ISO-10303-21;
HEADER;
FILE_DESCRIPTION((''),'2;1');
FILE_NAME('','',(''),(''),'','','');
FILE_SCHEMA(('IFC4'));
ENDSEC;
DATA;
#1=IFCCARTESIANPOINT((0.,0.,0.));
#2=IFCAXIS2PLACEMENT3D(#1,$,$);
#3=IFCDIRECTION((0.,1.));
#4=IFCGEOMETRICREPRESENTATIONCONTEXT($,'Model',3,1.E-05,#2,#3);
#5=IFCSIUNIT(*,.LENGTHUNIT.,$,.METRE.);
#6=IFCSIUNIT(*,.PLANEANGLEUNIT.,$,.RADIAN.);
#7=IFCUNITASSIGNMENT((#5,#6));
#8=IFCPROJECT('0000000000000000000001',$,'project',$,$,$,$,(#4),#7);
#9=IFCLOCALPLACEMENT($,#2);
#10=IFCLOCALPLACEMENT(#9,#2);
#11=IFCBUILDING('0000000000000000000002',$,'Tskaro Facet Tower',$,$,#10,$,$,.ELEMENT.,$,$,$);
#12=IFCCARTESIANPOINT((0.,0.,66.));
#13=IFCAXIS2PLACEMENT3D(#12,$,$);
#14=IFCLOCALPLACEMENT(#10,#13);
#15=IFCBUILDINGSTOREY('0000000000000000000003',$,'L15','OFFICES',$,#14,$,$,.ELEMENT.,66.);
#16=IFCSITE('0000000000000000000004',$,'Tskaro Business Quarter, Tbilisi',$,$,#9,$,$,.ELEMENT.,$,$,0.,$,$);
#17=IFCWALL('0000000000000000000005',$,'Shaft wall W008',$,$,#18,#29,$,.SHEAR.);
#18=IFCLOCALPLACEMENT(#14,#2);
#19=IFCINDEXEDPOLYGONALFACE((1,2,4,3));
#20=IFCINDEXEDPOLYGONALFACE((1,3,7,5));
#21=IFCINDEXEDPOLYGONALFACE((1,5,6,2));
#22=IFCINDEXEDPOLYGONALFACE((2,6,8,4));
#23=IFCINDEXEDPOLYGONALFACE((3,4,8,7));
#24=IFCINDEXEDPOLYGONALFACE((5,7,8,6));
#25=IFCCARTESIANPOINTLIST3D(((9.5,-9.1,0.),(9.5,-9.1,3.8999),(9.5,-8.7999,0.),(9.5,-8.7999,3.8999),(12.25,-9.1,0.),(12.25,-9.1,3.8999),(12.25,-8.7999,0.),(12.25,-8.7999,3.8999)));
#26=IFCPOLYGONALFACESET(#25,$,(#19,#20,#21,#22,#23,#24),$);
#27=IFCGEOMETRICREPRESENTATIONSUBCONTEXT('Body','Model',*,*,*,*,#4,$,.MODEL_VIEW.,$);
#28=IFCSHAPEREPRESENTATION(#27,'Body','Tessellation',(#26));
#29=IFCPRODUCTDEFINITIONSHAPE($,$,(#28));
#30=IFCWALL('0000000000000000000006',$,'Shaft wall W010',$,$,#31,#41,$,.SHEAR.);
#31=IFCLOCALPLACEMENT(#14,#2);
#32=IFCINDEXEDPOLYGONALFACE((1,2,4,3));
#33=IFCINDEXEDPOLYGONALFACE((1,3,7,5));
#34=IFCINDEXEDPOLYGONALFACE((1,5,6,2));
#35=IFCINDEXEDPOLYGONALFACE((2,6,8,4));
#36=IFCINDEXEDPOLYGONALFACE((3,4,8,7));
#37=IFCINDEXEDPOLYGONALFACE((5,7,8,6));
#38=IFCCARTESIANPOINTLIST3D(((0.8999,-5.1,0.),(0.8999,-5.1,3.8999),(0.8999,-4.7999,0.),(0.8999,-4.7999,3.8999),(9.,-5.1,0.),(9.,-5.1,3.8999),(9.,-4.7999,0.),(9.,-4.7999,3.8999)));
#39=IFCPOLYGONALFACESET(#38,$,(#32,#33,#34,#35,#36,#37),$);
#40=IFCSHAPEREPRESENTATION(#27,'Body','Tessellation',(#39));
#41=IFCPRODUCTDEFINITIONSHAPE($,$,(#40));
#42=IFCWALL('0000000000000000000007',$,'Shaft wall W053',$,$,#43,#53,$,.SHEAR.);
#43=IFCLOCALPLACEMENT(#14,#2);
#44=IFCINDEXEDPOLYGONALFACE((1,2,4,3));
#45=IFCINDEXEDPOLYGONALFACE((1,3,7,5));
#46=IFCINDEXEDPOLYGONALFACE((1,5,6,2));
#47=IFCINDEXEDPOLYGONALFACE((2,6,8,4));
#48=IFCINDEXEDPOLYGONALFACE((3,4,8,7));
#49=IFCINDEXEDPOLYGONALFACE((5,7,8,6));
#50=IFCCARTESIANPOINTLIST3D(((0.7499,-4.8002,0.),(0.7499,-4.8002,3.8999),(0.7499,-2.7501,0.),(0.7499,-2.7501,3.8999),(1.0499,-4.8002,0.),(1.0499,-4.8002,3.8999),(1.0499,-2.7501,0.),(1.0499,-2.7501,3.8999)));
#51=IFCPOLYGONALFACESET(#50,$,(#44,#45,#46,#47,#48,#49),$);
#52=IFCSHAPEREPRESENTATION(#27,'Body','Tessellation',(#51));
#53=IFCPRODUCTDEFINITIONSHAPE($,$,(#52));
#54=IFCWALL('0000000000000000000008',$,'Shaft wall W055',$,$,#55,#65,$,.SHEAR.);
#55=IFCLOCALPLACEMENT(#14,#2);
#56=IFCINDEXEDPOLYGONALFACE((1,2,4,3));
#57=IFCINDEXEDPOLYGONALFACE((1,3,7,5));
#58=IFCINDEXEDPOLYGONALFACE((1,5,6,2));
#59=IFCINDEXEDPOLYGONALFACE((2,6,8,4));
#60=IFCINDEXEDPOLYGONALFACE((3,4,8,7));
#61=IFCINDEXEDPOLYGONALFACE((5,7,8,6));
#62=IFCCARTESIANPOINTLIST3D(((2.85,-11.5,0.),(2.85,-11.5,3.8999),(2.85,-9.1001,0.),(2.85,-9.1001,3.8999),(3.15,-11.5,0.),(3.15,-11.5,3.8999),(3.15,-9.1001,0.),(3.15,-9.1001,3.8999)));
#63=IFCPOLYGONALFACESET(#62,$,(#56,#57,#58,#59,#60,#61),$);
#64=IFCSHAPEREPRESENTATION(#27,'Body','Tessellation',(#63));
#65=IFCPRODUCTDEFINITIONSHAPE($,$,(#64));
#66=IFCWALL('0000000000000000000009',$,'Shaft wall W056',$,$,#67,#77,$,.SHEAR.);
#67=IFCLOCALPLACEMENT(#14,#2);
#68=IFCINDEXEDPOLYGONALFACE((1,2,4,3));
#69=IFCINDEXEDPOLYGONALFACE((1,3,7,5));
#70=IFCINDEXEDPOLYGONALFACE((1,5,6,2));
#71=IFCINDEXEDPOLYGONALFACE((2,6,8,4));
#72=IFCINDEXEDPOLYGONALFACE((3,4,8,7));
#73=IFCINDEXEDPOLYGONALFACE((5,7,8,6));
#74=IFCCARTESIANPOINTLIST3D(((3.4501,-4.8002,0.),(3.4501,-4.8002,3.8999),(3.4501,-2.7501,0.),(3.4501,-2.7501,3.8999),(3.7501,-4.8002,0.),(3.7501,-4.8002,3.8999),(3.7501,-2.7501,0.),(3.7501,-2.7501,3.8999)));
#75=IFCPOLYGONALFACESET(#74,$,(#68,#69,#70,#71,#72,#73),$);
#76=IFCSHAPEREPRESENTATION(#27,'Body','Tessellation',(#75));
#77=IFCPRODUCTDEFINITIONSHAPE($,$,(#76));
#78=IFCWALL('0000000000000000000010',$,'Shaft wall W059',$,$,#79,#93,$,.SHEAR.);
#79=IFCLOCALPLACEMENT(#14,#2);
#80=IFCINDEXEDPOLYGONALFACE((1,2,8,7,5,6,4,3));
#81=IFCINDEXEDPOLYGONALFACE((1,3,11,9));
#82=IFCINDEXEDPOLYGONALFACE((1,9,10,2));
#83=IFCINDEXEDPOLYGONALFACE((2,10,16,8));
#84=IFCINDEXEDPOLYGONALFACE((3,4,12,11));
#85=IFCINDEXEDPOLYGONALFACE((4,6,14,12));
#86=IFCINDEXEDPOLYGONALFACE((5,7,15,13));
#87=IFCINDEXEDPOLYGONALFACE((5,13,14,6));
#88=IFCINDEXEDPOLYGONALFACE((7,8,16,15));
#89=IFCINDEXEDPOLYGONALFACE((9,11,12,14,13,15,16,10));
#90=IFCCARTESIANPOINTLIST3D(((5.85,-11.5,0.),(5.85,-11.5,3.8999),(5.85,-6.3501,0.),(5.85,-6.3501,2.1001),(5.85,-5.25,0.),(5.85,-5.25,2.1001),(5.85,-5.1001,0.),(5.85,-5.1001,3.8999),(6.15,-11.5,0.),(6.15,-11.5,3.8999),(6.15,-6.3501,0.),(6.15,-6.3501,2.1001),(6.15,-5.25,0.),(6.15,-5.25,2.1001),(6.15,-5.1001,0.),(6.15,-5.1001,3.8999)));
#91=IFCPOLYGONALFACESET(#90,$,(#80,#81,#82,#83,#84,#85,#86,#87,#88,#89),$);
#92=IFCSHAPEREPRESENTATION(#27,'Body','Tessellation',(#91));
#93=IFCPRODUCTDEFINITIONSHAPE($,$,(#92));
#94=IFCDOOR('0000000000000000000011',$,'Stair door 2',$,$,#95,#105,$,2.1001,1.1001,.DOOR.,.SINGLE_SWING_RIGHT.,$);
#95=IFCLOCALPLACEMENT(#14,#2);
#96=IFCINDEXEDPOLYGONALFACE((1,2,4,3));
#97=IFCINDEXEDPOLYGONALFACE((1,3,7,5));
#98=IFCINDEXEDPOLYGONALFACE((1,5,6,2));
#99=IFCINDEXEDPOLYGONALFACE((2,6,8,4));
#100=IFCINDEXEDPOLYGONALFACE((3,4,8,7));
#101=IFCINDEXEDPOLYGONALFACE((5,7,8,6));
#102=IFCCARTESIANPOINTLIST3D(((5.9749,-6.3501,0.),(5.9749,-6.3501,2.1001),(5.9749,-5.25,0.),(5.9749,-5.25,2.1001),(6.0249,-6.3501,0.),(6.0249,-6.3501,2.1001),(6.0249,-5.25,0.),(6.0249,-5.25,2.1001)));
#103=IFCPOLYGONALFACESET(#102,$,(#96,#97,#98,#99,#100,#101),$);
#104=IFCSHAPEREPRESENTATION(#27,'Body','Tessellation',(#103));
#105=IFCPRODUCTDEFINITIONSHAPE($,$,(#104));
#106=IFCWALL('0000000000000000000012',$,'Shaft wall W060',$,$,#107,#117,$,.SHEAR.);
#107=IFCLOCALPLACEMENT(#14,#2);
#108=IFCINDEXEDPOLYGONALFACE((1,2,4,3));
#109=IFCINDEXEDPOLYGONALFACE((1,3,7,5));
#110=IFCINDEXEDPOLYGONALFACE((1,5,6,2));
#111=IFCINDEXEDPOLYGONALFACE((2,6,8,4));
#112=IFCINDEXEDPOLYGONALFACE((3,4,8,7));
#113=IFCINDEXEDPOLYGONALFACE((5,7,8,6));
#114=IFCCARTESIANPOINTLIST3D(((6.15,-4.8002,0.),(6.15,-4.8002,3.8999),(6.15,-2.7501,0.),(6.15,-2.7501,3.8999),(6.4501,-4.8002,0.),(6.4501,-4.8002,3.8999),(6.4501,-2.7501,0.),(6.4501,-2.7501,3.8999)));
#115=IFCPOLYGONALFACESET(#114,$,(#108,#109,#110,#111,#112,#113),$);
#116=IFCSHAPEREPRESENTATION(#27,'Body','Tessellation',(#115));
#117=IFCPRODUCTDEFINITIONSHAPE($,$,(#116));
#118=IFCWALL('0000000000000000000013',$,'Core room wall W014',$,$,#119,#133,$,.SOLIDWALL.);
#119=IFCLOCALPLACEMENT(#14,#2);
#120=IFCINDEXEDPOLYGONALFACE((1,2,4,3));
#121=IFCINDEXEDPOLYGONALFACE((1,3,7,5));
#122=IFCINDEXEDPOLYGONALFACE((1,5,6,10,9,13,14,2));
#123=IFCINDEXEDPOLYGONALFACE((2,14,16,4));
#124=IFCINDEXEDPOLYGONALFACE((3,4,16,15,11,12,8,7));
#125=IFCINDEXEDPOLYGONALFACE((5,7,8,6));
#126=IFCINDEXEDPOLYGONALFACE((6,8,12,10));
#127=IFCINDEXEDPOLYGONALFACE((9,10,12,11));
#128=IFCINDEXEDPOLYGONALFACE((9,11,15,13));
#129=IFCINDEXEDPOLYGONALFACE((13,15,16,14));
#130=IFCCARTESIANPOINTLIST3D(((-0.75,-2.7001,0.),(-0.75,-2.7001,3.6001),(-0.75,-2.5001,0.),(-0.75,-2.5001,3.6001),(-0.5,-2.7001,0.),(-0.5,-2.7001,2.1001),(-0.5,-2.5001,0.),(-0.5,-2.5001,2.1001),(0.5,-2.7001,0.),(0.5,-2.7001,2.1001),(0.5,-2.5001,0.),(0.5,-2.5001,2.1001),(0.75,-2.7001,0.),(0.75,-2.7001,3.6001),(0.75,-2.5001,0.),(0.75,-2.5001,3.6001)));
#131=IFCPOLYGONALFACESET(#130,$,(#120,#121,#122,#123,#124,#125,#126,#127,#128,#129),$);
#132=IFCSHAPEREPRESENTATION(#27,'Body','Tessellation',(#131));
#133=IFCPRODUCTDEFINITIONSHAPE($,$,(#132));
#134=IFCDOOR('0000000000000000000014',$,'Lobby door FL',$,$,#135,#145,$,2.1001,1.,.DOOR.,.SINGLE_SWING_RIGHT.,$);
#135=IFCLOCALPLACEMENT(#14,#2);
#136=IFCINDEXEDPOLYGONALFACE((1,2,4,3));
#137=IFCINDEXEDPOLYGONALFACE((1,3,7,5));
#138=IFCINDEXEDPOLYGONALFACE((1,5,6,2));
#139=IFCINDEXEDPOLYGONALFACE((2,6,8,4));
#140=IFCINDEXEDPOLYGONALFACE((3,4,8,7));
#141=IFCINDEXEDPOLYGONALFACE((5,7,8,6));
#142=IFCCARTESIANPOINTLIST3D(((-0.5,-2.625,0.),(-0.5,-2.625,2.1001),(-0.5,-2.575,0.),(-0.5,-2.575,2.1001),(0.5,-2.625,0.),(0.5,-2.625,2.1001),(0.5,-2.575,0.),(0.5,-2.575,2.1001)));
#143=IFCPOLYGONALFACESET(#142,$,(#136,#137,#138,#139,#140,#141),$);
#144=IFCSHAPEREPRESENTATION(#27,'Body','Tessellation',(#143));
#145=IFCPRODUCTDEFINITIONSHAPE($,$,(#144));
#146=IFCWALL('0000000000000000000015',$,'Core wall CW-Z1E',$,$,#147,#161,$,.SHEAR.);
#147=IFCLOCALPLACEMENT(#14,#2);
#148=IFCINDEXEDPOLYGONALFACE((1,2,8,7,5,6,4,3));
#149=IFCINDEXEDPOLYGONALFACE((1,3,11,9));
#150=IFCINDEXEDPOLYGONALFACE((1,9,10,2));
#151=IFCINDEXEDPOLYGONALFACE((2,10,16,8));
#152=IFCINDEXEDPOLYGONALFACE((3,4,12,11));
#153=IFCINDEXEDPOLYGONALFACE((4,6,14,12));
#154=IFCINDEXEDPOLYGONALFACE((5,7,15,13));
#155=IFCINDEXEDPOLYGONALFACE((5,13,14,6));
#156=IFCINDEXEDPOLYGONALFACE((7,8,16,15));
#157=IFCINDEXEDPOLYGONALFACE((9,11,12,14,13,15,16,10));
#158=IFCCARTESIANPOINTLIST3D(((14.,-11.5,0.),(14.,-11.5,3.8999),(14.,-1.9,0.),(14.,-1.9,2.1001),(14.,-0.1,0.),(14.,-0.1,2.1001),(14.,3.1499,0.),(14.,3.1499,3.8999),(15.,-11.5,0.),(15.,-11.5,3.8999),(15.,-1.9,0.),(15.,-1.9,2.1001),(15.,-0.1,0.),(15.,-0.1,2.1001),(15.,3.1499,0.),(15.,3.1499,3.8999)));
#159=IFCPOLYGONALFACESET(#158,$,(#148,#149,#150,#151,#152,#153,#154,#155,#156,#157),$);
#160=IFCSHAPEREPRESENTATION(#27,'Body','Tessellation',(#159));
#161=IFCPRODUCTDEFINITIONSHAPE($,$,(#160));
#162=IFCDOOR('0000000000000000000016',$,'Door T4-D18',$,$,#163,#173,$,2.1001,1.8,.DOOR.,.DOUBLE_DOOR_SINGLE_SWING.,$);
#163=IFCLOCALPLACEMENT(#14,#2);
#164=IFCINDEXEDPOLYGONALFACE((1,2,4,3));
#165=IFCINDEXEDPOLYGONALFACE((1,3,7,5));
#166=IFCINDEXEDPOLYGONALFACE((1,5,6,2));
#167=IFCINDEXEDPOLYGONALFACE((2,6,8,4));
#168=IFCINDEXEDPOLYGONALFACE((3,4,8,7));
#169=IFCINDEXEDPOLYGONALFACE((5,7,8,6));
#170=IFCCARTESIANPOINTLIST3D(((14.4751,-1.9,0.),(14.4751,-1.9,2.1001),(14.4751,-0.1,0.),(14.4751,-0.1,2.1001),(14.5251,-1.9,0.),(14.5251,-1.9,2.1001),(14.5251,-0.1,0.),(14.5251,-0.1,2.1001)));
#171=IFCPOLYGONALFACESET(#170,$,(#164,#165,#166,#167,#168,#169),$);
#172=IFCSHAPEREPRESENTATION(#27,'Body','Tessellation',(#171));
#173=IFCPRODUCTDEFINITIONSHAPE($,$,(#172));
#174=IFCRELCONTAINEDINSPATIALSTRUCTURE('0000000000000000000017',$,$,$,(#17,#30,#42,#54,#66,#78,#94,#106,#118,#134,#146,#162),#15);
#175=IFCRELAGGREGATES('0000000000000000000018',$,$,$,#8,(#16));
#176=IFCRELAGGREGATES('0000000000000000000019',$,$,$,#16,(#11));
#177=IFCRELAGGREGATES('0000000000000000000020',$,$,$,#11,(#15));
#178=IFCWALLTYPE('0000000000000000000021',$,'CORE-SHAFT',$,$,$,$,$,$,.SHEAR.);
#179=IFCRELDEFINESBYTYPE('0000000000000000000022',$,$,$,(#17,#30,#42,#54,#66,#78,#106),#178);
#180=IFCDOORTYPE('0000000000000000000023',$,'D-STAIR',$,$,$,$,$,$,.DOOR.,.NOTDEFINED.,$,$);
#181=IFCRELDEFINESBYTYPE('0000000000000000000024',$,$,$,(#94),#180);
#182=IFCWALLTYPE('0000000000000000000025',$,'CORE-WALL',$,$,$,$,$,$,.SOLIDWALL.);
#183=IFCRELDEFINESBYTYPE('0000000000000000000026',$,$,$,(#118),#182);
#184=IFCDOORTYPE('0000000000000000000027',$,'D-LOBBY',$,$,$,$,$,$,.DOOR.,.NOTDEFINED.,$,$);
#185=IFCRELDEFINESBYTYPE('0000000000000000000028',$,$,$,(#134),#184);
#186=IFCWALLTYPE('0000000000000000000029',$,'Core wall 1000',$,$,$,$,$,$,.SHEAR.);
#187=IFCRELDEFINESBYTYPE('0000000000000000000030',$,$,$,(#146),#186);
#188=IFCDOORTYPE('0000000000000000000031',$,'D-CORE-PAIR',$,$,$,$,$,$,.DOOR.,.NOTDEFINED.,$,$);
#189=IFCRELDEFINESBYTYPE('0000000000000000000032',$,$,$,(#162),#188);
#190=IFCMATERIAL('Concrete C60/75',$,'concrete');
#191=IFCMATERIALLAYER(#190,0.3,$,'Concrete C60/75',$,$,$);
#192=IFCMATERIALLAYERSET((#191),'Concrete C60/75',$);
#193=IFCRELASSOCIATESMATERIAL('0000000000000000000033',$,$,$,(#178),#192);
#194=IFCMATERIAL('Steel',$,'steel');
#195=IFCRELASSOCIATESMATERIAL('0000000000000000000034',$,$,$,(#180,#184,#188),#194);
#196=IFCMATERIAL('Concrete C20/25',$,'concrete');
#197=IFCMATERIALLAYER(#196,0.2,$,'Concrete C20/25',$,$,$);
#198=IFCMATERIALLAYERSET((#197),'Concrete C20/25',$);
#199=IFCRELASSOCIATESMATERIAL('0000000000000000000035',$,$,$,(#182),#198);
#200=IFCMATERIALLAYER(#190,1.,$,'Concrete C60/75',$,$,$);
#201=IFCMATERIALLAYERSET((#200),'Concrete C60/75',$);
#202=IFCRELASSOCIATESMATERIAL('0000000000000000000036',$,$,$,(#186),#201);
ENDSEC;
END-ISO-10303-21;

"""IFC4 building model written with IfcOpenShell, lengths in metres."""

from ifc_helpers import new_model, si_unit, direction, frame, frame_2d, origin, place, context, subcontext, project, spatial, rectangle, extrude, material, layer, layer_set, type_object, element, fill, save


model = new_model("IFC4")

# Units and contexts
model_context = context("Model", 3, precision=1e-05, world=origin(), true_north=direction((0.0, 1.0)))
body_context = subcontext(model_context, "Body", "Model", "MODEL_VIEW")
ifc_project = project(units=[si_unit("LENGTHUNIT", "METRE"), si_unit("PLANEANGLEUNIT", "RADIAN")], contexts=[model_context])

# Site, building, storey
site_placement = place(None, origin())
site = spatial("IfcSite", under=ifc_project, at=site_placement, Name="Tskaro Business Quarter, Tbilisi", CompositionType="ELEMENT", RefElevation=0.0)
building_placement = place(site_placement, origin())
building = spatial("IfcBuilding", under=site, at=building_placement, Name="Tskaro Facet Tower", CompositionType="ELEMENT")
storey_placement = place(building_placement, frame((0.0, 0.0, 66.0)))
storey = spatial("IfcBuildingStorey", under=building, at=storey_placement, Name="L15", Description="OFFICES", CompositionType="ELEMENT", Elevation=66.0)

# Walls
ifc_material_1 = material(Name="Concrete C60/75", Category="concrete")
ifc_layer_1 = layer(ifc_material_1, 0.3, Name="Concrete C60/75")
ifc_layer_set_1 = layer_set([ifc_layer_1], Name="Concrete C60/75")
wall_type_1 = type_object("IfcWallType", Name="CORE-SHAFT", PredefinedType="SHEAR", material=ifc_layer_set_1)
wall_1_placement = place(storey_placement, frame((9.5, -8.95, 0.0), z_axis=(0.0, 0.0, 1.0), x_axis=(1.0, 0.0, 0.0)))
element("IfcWall", 1, at=wall_1_placement, inside=storey, type_object=wall_type_1, Name="Shaft wall W008", PredefinedType="SHEAR", context=body_context, shape_type="SweptSolid", body=[
    extrude(rectangle(XDim=2.75, YDim=0.3, at=frame_2d((1.375, 0.0))), origin(), (0.0, 0.0, 1.0), 3.8999),
])
wall_2_placement = place(storey_placement, frame((0.8999, -4.95, 0.0), z_axis=(0.0, 0.0, 1.0), x_axis=(1.0, 0.0, 0.0)))
element("IfcWall", 2, at=wall_2_placement, inside=storey, type_object=wall_type_1, Name="Shaft wall W010", PredefinedType="SHEAR", context=body_context, shape_type="SweptSolid", body=[
    extrude(rectangle(XDim=8.1001, YDim=0.3, at=frame_2d((4.05, 0.0))), origin(), (0.0, 0.0, 1.0), 3.8999),
])
wall_3_placement = place(storey_placement, frame((0.8999, -4.8, 0.0), z_axis=(0.0, 0.0, 1.0), x_axis=(0.0, 1.0, 0.0)))
element("IfcWall", 3, at=wall_3_placement, inside=storey, type_object=wall_type_1, Name="Shaft wall W053", PredefinedType="SHEAR", context=body_context, shape_type="SweptSolid", body=[
    extrude(rectangle(XDim=2.05, YDim=0.3, at=frame_2d((1.0249, 0.0))), origin(), (0.0, 0.0, 1.0), 3.8999),
])
wall_4_placement = place(storey_placement, frame((3.0, -11.5, 0.0), z_axis=(0.0, 0.0, 1.0), x_axis=(0.0, 1.0, 0.0)))
element("IfcWall", 4, at=wall_4_placement, inside=storey, type_object=wall_type_1, Name="Shaft wall W055", PredefinedType="SHEAR", context=body_context, shape_type="SweptSolid", body=[
    extrude(rectangle(XDim=2.3999, YDim=0.3, at=frame_2d((1.2, 0.0))), origin(), (0.0, 0.0, 1.0), 3.8999),
])
wall_5_placement = place(storey_placement, frame((3.6001, -4.8, 0.0), z_axis=(0.0, 0.0, 1.0), x_axis=(0.0, 1.0, 0.0)))
element("IfcWall", 5, at=wall_5_placement, inside=storey, type_object=wall_type_1, Name="Shaft wall W056", PredefinedType="SHEAR", context=body_context, shape_type="SweptSolid", body=[
    extrude(rectangle(XDim=2.05, YDim=0.3, at=frame_2d((1.0249, 0.0))), origin(), (0.0, 0.0, 1.0), 3.8999),
])

# Wall, opening, door
wall_6_placement = place(storey_placement, frame((6.0, -5.1001, 0.0), z_axis=(0.0, 0.0, 1.0), x_axis=(0.0, -1.0, 0.0)))
wall_6 = element("IfcWall", 6, at=wall_6_placement, inside=storey, type_object=wall_type_1, Name="Shaft wall W059", PredefinedType="SHEAR", context=body_context, shape_type="SweptSolid", body=[
    extrude(rectangle(XDim=6.3999, YDim=0.3, at=frame_2d((3.2, 0.0))), origin(), (0.0, 0.0, 1.0), 3.8999),
])
opening_1_placement = place(wall_6_placement, frame((0.1499, 0.0, 0.0)))
opening_1 = element("IfcOpeningElement", 7, at=opening_1_placement, cuts=wall_6, PredefinedType="OPENING", context=body_context, shape_type="SweptSolid", body=[
    extrude(rectangle(XDim=1.1001, YDim=2.1001, at=frame_2d((0.55, 1.05))), frame((0.0, 0.1599, 0.0), z_axis=(0.0, -1.0, 0.0), x_axis=(1.0, 0.0, 0.0)), (0.0, 0.0, 1.0), 0.3201),
])
ifc_material_2 = material(Name="Steel", Category="steel")
door_type_1 = type_object("IfcDoorType", Name="D-STAIR", OperationType="NOTDEFINED", PredefinedType="DOOR", material=ifc_material_2)
door_1_placement = place(opening_1_placement, origin())
door_1 = element("IfcDoor", 8, at=door_1_placement, inside=storey, type_object=door_type_1, Name="Stair door 2", OperationType="SINGLE_SWING_RIGHT", OverallHeight=2.1001, OverallWidth=1.1001, PredefinedType="DOOR", context=body_context, shape_type="SweptSolid", body=[
    extrude(rectangle(XDim=1.1001, YDim=2.1001, at=frame_2d((0.55, 1.05))), frame((0.0, 0.0249, 0.0), z_axis=(0.0, -1.0, 0.0), x_axis=(1.0, 0.0, 0.0)), (0.0, 0.0, 1.0), 0.05),
])
fill(opening_1, door_1)

# Wall
wall_7_placement = place(storey_placement, frame((6.3, -4.8, 0.0), z_axis=(0.0, 0.0, 1.0), x_axis=(0.0, 1.0, 0.0)))
element("IfcWall", 9, at=wall_7_placement, inside=storey, type_object=wall_type_1, Name="Shaft wall W060", PredefinedType="SHEAR", context=body_context, shape_type="SweptSolid", body=[
    extrude(rectangle(XDim=2.05, YDim=0.3, at=frame_2d((1.0249, 0.0))), origin(), (0.0, 0.0, 1.0), 3.8999),
])

# Walls, openings, doors
ifc_material_3 = material(Name="Concrete C20/25", Category="concrete")
ifc_layer_2 = layer(ifc_material_3, 0.2, Name="Concrete C20/25")
ifc_layer_set_2 = layer_set([ifc_layer_2], Name="Concrete C20/25")
wall_type_2 = type_object("IfcWallType", Name="CORE-WALL", PredefinedType="SOLIDWALL", material=ifc_layer_set_2)
wall_8_placement = place(storey_placement, frame((0.75, -2.6001, 0.0), z_axis=(0.0, 0.0, 1.0), x_axis=(-1.0, 0.0, 0.0)))
wall_8 = element("IfcWall", 10, at=wall_8_placement, inside=storey, type_object=wall_type_2, Name="Core room wall W014", PredefinedType="SOLIDWALL", context=body_context, shape_type="SweptSolid", body=[
    extrude(rectangle(XDim=1.5, YDim=0.2, at=frame_2d((0.75, 0.0))), origin(), (0.0, 0.0, 1.0), 3.6001),
])
opening_2_placement = place(wall_8_placement, frame((0.25, 0.0, 0.0)))
opening_2 = element("IfcOpeningElement", 11, at=opening_2_placement, cuts=wall_8, PredefinedType="OPENING", context=body_context, shape_type="SweptSolid", body=[
    extrude(rectangle(XDim=1.0, YDim=2.1001, at=frame_2d((0.5, 1.05))), frame((0.0, 0.1099, 0.0), z_axis=(0.0, -1.0, 0.0), x_axis=(1.0, 0.0, 0.0)), (0.0, 0.0, 1.0), 0.22),
])
door_type_2 = type_object("IfcDoorType", Name="D-LOBBY", OperationType="NOTDEFINED", PredefinedType="DOOR", material=ifc_material_2)
door_2_placement = place(opening_2_placement, origin())
door_2 = element("IfcDoor", 12, at=door_2_placement, inside=storey, type_object=door_type_2, Name="Lobby door FL", OperationType="SINGLE_SWING_RIGHT", OverallHeight=2.1001, OverallWidth=1.0, PredefinedType="DOOR", context=body_context, shape_type="SweptSolid", body=[
    extrude(rectangle(XDim=1.0, YDim=2.1001, at=frame_2d((0.5, 1.05))), frame((0.0, 0.0249, 0.0), z_axis=(0.0, -1.0, 0.0), x_axis=(1.0, 0.0, 0.0)), (0.0, 0.0, 1.0), 0.05),
])
fill(opening_2, door_2)
ifc_layer_3 = layer(ifc_material_1, 1.0, Name="Concrete C60/75")
ifc_layer_set_3 = layer_set([ifc_layer_3], Name="Concrete C60/75")
wall_type_3 = type_object("IfcWallType", Name="Core wall 1000", PredefinedType="SHEAR", material=ifc_layer_set_3)
wall_9_placement = place(storey_placement, frame((14.5, -11.5, 0.0), z_axis=(0.0, 0.0, 1.0), x_axis=(0.0, 1.0, 0.0)))
wall_9 = element("IfcWall", 13, at=wall_9_placement, inside=storey, type_object=wall_type_3, Name="Core wall CW-Z1E", PredefinedType="SHEAR", context=body_context, shape_type="SweptSolid", body=[
    extrude(rectangle(XDim=14.6499, YDim=1.0, at=frame_2d((7.325, 0.0))), origin(), (0.0, 0.0, 1.0), 3.8999),
])
opening_3_placement = place(wall_9_placement, frame((9.6001, 0.0, 0.0)))
opening_3 = element("IfcOpeningElement", 14, at=opening_3_placement, cuts=wall_9, PredefinedType="OPENING", context=body_context, shape_type="SweptSolid", body=[
    extrude(rectangle(XDim=1.8, YDim=2.1001, at=frame_2d((0.8999, 1.05))), frame((0.0, 0.51, 0.0), z_axis=(0.0, -1.0, 0.0), x_axis=(1.0, 0.0, 0.0)), (0.0, 0.0, 1.0), 1.02),
])
door_type_3 = type_object("IfcDoorType", Name="D-CORE-PAIR", OperationType="NOTDEFINED", PredefinedType="DOOR", material=ifc_material_2)
door_3_placement = place(opening_3_placement, origin())
door_3 = element("IfcDoor", 15, at=door_3_placement, inside=storey, type_object=door_type_3, Name="Door T4-D18", OperationType="DOUBLE_DOOR_SINGLE_SWING", OverallHeight=2.1001, OverallWidth=1.8, PredefinedType="DOOR", context=body_context, shape_type="SweptSolid", body=[
    extrude(rectangle(XDim=1.8, YDim=2.1001, at=frame_2d((0.8999, 1.05))), frame((0.0, 0.0249, 0.0), z_axis=(0.0, -1.0, 0.0), x_axis=(1.0, 0.0, 0.0)), (0.0, 0.0, 1.0), 0.05),
])
fill(opening_3, door_3)

save(model, "model.ifc")
